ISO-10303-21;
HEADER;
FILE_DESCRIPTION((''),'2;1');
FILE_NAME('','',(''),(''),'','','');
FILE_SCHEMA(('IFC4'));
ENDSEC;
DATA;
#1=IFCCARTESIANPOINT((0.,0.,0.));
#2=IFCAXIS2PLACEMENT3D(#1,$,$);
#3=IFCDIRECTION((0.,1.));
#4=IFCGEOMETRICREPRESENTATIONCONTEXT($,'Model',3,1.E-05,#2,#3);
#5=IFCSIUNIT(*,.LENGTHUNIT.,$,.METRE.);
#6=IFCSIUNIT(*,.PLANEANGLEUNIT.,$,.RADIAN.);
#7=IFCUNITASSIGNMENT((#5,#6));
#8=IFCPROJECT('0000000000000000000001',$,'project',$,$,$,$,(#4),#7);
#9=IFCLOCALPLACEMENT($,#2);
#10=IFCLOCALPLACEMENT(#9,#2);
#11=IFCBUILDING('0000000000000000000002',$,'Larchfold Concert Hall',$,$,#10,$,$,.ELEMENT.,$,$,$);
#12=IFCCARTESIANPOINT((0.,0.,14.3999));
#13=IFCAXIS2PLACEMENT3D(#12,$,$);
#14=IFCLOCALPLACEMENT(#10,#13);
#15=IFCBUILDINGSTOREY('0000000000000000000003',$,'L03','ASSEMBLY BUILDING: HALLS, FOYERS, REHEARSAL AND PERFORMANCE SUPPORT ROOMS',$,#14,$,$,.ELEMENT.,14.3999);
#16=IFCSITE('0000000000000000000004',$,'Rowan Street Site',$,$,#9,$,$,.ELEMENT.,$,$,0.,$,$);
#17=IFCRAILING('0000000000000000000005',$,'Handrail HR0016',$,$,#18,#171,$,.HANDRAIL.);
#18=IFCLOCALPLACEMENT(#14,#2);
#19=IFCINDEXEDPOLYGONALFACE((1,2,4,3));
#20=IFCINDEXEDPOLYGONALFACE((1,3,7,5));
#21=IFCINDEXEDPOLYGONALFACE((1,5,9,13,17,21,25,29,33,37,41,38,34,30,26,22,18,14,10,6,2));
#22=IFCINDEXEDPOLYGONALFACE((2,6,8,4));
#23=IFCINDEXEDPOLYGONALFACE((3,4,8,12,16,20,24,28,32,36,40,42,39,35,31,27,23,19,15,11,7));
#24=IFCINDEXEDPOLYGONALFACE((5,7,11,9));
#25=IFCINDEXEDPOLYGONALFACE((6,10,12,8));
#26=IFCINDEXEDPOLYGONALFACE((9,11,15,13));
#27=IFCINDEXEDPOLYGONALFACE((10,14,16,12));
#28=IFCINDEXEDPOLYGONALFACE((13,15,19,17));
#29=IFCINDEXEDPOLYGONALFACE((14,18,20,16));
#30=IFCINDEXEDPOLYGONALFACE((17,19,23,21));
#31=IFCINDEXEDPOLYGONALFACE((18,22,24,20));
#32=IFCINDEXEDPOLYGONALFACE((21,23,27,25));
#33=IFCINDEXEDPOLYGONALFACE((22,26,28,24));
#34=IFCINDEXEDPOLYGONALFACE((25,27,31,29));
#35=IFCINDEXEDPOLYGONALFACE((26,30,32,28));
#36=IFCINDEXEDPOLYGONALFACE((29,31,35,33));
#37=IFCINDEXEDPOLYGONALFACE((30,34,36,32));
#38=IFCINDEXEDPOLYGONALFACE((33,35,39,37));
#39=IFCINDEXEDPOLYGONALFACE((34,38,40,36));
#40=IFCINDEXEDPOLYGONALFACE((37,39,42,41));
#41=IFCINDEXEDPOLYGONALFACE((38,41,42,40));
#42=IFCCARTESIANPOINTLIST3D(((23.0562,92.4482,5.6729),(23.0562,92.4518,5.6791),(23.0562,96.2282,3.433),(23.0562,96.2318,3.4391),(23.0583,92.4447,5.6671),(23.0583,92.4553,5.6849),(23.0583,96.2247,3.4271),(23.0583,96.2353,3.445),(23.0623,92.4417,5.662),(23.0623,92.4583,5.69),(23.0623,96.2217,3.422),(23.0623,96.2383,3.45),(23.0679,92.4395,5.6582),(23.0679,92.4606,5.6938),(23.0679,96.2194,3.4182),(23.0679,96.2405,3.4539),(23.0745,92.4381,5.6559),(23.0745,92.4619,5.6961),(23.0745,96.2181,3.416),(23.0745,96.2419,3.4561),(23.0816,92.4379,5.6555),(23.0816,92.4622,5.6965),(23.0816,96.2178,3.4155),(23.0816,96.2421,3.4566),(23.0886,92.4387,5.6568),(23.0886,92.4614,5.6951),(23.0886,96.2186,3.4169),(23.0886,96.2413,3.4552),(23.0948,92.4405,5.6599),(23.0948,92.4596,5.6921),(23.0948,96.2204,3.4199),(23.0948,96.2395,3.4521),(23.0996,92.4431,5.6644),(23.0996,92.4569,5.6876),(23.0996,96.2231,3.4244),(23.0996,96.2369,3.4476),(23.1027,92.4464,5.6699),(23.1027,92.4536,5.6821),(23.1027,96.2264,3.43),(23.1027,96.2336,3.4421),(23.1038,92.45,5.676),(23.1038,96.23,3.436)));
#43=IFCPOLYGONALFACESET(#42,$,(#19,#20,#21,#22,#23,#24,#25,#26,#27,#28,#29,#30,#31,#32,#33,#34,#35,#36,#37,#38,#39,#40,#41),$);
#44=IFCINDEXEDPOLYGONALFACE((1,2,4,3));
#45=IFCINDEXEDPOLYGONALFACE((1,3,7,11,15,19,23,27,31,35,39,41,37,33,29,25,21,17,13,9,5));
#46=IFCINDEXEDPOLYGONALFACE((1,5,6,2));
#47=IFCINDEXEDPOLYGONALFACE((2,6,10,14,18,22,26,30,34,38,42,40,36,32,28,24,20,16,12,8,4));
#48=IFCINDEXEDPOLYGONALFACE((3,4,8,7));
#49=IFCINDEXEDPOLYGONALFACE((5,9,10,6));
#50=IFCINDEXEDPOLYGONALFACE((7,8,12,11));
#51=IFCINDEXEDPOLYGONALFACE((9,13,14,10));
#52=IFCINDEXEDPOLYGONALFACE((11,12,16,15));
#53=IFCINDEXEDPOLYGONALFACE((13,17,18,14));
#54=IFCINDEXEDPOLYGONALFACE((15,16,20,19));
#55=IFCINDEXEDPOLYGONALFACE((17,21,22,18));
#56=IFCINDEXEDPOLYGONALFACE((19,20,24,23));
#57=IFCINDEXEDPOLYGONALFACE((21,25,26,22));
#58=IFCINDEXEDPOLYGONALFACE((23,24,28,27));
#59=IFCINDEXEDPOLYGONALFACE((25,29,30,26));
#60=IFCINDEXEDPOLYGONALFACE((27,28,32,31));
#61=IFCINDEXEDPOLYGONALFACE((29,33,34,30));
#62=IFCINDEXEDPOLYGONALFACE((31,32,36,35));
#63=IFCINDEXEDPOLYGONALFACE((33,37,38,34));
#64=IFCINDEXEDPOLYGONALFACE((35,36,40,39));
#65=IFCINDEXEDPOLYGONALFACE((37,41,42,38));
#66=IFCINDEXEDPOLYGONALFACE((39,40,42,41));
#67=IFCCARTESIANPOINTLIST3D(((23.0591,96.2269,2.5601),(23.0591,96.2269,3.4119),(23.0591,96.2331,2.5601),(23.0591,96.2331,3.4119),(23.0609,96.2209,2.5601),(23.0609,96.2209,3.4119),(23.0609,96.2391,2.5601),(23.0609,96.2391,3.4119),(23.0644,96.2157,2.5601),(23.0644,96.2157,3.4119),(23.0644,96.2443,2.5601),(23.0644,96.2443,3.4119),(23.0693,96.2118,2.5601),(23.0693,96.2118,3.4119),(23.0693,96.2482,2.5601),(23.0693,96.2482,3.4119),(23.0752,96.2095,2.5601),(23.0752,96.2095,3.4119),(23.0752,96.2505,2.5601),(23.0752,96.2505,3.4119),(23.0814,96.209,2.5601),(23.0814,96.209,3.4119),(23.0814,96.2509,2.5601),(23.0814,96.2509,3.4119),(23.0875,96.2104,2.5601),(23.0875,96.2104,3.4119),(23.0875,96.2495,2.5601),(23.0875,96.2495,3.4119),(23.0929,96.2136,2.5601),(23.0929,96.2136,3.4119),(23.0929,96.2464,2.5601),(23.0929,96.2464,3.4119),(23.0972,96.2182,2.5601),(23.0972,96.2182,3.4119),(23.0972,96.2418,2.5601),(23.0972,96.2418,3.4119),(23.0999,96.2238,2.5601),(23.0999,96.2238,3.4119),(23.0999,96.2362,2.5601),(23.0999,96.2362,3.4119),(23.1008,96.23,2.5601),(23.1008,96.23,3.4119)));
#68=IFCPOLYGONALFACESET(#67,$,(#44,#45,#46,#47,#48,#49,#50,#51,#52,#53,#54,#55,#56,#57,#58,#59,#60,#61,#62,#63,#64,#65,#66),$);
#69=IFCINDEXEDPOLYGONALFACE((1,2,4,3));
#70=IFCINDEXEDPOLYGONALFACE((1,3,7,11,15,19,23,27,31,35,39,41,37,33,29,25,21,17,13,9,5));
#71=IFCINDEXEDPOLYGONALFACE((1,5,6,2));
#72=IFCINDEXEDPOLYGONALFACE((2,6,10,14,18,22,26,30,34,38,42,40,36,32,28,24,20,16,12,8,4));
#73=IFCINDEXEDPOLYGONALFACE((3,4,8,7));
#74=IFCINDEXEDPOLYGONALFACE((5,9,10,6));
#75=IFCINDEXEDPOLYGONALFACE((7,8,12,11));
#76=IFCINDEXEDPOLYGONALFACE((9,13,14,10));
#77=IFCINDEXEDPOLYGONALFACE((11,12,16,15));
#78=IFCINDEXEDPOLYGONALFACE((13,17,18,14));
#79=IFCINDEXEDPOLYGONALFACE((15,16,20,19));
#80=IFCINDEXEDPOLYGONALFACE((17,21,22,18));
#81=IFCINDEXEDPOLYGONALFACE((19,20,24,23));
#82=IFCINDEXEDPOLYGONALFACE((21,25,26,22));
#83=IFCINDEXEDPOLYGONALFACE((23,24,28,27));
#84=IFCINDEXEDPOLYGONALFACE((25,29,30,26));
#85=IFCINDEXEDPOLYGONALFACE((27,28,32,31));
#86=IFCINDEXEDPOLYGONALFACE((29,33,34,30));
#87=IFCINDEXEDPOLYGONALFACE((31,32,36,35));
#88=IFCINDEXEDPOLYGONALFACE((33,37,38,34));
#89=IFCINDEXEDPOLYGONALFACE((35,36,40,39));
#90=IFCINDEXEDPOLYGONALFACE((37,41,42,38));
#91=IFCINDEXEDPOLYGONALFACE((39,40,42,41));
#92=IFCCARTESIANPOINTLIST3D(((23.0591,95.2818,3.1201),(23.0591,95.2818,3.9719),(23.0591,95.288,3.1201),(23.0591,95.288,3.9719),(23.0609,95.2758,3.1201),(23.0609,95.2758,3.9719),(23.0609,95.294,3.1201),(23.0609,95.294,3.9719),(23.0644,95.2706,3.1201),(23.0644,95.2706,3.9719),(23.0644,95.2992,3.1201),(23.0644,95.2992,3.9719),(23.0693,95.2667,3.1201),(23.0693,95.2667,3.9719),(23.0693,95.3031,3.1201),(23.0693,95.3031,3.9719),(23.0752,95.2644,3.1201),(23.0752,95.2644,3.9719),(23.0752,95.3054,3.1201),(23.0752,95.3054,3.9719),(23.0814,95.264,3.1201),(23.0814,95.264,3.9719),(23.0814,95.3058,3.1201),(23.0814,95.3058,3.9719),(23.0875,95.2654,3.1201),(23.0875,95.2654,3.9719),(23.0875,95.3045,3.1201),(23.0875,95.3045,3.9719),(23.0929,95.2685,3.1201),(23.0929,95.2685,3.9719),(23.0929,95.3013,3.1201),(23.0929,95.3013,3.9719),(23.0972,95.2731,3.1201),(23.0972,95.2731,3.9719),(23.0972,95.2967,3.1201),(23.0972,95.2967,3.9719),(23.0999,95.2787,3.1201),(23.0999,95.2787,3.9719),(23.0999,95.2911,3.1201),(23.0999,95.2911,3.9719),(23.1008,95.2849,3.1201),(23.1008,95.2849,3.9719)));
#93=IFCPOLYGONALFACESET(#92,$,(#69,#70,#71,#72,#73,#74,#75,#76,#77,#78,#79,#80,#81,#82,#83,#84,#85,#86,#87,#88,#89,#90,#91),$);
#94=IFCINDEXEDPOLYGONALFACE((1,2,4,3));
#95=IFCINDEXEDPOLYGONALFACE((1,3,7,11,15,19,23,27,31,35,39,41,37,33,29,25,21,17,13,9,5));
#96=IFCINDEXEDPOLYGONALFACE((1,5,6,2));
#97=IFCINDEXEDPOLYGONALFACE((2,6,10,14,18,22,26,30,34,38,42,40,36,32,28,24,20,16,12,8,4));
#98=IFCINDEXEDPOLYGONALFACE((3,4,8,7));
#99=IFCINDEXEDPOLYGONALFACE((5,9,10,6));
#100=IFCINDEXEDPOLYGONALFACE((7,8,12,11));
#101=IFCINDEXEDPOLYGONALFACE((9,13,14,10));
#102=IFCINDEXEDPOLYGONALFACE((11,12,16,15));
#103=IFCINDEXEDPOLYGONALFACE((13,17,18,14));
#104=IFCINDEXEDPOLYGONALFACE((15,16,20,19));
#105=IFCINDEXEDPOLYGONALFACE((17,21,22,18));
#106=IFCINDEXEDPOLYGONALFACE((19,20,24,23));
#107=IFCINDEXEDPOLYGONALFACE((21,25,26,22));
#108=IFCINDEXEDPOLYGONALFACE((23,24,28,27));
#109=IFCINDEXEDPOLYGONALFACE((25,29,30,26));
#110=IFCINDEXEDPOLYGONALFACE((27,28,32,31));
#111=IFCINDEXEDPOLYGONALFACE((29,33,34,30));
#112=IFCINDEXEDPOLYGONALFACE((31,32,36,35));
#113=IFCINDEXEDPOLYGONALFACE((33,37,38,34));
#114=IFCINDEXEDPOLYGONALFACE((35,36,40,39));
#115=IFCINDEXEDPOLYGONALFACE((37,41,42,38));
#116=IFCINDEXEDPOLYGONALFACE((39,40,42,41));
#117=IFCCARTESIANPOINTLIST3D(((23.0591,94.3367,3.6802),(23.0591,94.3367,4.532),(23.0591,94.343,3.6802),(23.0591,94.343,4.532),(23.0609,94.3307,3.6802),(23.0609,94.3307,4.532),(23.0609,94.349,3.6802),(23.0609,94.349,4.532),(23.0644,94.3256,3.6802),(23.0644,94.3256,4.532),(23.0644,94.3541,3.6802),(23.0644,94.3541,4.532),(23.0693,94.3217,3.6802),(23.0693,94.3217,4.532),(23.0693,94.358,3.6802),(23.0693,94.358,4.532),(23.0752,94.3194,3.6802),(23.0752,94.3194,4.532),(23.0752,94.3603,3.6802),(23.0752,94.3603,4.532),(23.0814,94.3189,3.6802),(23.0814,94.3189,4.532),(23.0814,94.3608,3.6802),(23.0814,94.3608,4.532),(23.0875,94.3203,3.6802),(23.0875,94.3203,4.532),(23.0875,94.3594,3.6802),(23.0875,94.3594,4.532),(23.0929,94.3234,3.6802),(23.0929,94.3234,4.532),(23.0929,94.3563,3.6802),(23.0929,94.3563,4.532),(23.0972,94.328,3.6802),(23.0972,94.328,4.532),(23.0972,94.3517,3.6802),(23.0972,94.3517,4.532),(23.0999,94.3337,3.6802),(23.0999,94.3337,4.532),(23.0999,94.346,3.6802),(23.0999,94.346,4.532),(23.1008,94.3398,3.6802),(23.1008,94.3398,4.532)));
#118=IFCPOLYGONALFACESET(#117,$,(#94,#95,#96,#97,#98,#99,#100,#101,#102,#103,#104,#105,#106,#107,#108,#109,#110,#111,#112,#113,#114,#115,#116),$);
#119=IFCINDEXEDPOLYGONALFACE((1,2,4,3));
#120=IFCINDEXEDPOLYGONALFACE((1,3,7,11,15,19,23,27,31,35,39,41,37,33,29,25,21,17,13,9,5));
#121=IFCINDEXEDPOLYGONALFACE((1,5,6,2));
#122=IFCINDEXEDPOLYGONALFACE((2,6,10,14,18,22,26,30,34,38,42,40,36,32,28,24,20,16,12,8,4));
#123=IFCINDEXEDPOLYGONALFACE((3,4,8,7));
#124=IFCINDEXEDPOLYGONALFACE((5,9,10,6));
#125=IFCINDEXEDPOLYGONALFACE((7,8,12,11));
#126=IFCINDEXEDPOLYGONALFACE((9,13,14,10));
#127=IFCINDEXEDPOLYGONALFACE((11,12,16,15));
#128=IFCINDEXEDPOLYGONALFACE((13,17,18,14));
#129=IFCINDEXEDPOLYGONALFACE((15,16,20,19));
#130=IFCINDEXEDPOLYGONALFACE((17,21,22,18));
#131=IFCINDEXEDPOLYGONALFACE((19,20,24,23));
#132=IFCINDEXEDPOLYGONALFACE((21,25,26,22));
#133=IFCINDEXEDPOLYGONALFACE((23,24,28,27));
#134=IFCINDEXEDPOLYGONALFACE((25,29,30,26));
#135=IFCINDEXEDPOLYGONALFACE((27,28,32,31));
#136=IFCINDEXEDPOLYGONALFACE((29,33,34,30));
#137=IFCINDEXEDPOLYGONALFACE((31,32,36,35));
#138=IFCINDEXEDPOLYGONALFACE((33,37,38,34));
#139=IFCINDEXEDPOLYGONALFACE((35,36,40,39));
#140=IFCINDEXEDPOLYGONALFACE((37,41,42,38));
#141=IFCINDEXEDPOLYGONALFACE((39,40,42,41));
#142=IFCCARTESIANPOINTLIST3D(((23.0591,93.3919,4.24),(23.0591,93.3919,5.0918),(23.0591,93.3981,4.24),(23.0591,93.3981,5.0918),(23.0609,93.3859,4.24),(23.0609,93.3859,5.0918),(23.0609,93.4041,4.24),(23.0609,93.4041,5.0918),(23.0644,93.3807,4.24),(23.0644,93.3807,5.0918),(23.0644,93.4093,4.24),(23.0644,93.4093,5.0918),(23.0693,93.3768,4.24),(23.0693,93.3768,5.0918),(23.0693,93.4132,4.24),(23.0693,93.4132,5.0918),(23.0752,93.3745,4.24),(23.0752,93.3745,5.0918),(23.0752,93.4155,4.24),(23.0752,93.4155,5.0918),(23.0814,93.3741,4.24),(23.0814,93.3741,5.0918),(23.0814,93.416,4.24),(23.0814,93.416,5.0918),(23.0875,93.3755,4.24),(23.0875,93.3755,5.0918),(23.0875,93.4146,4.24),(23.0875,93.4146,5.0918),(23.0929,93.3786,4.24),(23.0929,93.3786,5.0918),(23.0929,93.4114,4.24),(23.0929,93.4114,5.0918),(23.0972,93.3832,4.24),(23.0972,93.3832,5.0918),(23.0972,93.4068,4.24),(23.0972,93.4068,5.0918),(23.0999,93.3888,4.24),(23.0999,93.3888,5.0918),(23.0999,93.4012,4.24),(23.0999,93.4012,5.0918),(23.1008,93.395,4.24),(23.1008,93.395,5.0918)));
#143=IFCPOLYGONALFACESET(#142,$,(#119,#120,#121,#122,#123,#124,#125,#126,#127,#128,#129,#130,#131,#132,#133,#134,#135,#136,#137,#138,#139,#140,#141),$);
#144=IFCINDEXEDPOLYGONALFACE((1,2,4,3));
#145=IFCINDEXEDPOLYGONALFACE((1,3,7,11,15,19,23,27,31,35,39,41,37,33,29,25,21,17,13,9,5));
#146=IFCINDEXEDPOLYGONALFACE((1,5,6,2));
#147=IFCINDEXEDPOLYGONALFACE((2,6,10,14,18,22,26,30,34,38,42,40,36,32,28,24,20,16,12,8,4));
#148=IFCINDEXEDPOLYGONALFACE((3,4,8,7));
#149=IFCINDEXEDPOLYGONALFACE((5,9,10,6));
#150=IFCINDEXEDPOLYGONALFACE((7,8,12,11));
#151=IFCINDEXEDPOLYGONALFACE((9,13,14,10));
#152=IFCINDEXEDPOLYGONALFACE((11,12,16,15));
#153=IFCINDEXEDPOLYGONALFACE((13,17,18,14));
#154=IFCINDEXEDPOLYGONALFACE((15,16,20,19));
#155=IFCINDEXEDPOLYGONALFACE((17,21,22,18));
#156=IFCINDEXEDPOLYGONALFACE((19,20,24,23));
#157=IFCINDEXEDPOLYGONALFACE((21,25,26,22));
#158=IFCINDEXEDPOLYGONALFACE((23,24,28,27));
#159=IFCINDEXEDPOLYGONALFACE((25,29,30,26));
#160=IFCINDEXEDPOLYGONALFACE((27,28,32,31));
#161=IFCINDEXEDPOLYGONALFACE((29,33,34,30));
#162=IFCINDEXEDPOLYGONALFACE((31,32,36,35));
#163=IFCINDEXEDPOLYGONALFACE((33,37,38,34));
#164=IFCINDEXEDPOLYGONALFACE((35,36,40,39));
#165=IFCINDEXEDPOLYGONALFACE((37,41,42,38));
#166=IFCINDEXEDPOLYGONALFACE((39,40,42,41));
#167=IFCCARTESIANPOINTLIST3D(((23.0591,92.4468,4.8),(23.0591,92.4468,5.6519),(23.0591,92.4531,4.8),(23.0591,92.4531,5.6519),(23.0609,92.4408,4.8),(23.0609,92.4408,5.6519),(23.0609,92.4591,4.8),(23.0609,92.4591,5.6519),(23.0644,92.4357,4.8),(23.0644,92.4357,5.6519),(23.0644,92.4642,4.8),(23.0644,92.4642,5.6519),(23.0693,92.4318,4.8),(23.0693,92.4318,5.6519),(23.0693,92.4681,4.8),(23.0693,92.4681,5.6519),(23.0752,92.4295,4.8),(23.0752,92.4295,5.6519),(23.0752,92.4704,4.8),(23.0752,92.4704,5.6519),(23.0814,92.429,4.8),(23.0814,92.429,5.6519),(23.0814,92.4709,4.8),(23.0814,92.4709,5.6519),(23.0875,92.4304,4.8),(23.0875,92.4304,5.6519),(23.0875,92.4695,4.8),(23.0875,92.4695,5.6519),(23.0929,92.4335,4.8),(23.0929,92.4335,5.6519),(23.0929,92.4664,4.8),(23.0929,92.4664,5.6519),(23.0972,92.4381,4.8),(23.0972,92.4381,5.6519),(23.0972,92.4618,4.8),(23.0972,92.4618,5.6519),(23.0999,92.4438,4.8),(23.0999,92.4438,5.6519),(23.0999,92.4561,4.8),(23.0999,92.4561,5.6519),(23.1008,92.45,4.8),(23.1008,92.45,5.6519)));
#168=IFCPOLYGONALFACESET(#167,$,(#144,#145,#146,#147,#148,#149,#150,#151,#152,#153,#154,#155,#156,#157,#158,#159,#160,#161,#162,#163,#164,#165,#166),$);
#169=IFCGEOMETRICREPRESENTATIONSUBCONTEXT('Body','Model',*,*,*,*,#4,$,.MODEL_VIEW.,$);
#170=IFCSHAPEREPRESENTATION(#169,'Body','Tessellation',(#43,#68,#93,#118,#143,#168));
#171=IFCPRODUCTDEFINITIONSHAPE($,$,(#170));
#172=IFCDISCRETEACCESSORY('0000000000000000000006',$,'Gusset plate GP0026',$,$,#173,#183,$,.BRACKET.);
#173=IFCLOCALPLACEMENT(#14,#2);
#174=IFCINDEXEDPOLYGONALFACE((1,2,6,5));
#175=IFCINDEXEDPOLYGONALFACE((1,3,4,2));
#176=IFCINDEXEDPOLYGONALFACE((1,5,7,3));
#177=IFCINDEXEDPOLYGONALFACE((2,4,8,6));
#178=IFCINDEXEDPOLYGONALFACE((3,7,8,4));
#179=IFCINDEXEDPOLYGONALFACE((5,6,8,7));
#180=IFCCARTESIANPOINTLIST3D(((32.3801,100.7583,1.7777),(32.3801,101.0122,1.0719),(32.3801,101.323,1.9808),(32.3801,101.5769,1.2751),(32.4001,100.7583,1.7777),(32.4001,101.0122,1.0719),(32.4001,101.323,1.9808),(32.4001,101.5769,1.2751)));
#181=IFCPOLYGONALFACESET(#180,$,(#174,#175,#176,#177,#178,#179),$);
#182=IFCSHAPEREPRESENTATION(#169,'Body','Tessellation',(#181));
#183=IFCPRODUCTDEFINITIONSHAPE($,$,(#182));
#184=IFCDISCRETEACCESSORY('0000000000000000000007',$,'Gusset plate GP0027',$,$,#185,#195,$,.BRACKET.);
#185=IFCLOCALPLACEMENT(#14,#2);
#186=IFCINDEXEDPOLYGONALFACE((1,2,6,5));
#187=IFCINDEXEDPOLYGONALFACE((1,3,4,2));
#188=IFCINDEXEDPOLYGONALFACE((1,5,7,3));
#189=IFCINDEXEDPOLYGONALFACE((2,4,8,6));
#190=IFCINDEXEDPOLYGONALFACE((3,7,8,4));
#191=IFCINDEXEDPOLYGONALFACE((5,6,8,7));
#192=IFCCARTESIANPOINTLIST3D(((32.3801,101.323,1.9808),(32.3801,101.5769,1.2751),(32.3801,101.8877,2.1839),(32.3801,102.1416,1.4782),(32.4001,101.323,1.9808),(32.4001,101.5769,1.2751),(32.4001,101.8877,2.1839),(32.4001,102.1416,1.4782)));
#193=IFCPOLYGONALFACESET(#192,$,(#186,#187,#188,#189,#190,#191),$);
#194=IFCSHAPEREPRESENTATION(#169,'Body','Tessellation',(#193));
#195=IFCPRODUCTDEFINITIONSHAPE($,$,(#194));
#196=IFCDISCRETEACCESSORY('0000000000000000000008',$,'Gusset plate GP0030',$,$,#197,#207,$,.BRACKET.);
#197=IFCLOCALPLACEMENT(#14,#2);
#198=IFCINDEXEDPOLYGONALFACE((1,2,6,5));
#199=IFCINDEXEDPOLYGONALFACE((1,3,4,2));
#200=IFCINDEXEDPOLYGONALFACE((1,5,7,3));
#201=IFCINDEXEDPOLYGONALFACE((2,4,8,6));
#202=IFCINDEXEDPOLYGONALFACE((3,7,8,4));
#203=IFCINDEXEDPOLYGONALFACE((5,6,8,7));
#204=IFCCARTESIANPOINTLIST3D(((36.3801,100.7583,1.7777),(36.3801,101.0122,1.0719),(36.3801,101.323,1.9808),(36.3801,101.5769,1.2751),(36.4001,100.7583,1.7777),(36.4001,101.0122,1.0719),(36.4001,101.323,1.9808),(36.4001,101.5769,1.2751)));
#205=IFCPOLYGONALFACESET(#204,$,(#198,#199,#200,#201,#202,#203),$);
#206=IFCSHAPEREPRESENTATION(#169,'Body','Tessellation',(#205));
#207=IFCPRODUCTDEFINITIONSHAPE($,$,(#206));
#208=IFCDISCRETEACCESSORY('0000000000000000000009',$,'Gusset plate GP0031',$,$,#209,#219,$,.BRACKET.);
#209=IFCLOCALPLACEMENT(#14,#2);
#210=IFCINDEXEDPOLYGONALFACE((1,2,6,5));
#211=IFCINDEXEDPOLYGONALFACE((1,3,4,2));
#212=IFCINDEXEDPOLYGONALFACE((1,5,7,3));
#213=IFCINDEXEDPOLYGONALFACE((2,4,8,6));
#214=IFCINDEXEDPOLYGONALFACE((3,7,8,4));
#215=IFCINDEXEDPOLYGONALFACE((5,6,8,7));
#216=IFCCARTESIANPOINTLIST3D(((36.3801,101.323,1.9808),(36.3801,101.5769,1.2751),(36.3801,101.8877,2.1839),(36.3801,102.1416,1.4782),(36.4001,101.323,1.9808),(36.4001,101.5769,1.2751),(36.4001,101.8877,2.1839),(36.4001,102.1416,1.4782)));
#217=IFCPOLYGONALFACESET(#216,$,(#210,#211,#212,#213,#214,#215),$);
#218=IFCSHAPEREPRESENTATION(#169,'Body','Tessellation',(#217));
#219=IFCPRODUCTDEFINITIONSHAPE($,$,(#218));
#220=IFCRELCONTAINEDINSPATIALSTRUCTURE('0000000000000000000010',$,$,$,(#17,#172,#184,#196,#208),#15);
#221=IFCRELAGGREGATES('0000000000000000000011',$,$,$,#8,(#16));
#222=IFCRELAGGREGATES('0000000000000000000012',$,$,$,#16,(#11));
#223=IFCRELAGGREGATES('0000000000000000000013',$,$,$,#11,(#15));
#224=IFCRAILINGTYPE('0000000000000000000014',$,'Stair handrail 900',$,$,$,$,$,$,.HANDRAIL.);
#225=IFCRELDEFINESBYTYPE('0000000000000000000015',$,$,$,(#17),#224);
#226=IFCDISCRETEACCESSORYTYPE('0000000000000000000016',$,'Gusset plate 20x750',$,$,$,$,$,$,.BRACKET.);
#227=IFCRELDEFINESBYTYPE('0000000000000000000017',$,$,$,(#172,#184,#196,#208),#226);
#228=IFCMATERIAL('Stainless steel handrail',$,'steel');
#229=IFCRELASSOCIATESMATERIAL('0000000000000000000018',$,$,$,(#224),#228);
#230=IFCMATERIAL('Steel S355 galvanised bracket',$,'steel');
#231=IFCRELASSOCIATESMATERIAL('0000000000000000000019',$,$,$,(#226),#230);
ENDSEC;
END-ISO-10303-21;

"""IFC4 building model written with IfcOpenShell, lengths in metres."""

from ifc_helpers import new_model, si_unit, direction, frame, origin, origin_2d, place, context, subcontext, project, spatial, rectangle, circle, extrude, material, material_profile, profile_set, type_object, element, save


model = new_model("IFC4")

# Units and contexts
model_context = context("Model", 3, precision=1e-05, world=origin(), true_north=direction((0.0, 1.0)))
body_context = subcontext(model_context, "Body", "Model", "MODEL_VIEW")
ifc_project = project(units=[si_unit("LENGTHUNIT", "METRE"), si_unit("PLANEANGLEUNIT", "RADIAN")], contexts=[model_context])

# Site, building, storey
site_placement = place(None, origin())
site = spatial("IfcSite", under=ifc_project, at=site_placement, Name="Rowan Street Site", CompositionType="ELEMENT", RefElevation=0.0)
building_placement = place(site_placement, origin())
building = spatial("IfcBuilding", under=site, at=building_placement, Name="Larchfold Concert Hall", CompositionType="ELEMENT")
storey_placement = place(building_placement, frame((0.0, 0.0, 14.3999)))
storey = spatial("IfcBuildingStorey", under=building, at=storey_placement, Name="L03", Description="ASSEMBLY BUILDING: HALLS, FOYERS, REHEARSAL AND PERFORMANCE SUPPORT ROOMS", CompositionType="ELEMENT", Elevation=14.3999)

# Railing
ifc_material_1 = material(Name="Stainless steel handrail", Category="steel")
railing_type_1 = type_object("IfcRailingType", Name="Stair handrail 900", PredefinedType="HANDRAIL", material=ifc_material_1)
railing_1_placement = place(storey_placement, frame((23.0798, 96.23, 2.5601)))
element("IfcRailing", 1, at=railing_1_placement, inside=storey, type_object=railing_type_1, Name="Handrail HR0016", PredefinedType="HANDRAIL", context=body_context, shape_type="SweptSolid", body=[
    extrude(circle(Radius=0.0239, at=origin_2d()), frame((0.0, 0.0, 0.876), z_axis=(0.0, -0.860294, 0.509798), x_axis=(1.0, 0.0, 0.0)), (0.0, 0.0, 1.0), 4.3938),
    extrude(circle(Radius=0.021, at=origin_2d()), origin(), (0.0, 0.0, 1.0), 0.8518),
    extrude(circle(Radius=0.021, at=origin_2d()), frame((0.0, -0.9451, 0.5601)), (0.0, 0.0, 1.0), 0.8518),
    extrude(circle(Radius=0.021, at=origin_2d()), frame((0.0, -1.8901, 1.1201)), (0.0, 0.0, 1.0), 0.8518),
    extrude(circle(Radius=0.021, at=origin_2d()), frame((0.0, -2.835, 1.6799)), (0.0, 0.0, 1.0), 0.8518),
    extrude(circle(Radius=0.021, at=origin_2d()), frame((0.0, -3.78, 2.24)), (0.0, 0.0, 1.0), 0.8518),
])

# Discrete accessories
ifc_material_2 = material(Name="Steel S355 galvanised bracket", Category="steel")
ifc_material_profile_1 = material_profile(ifc_material_2, rectangle(XDim=0.02, YDim=0.75, at=origin_2d()))
ifc_profile_set_1 = profile_set([ifc_material_profile_1], Name="Steel S355 galvanised bracket")
discrete_accessory_type = type_object("IfcDiscreteAccessoryType", Name="Gusset plate 20x750", PredefinedType="BRACKET", material=ifc_profile_set_1)
for number, where, z_axis, x_axis, name in (
    (2, (32.3901, 100.8853, 1.4248), (0.0, 0.940976, 0.338475), (-1.0, 0.0, 0.0), "Gusset plate GP0026"),
    (3, (32.3901, 101.45, 1.6279), (0.0, 0.940976, 0.338475), (-1.0, 0.0, 0.0), "Gusset plate GP0027"),
    (4, (36.3901, 100.8853, 1.4248), (0.0, 0.940976, 0.338475), (-1.0, 0.0, 0.0), "Gusset plate GP0030"),
    (5, (36.3901, 101.45, 1.6279), (0.0, 0.940976, 0.338475), (-1.0, 0.0, 0.0), "Gusset plate GP0031"),
):
    element("IfcDiscreteAccessory", number, at=place(storey_placement, frame(where, z_axis=z_axis, x_axis=x_axis)), inside=storey, type_object=discrete_accessory_type, Name=name, PredefinedType="BRACKET", context=body_context, shape_type="SweptSolid", body=[
        extrude(rectangle(XDim=0.02, YDim=0.75, at=origin_2d()), origin(), (0.0, 0.0, 1.0), 0.6001),
    ])

save(model, "model.ifc")
